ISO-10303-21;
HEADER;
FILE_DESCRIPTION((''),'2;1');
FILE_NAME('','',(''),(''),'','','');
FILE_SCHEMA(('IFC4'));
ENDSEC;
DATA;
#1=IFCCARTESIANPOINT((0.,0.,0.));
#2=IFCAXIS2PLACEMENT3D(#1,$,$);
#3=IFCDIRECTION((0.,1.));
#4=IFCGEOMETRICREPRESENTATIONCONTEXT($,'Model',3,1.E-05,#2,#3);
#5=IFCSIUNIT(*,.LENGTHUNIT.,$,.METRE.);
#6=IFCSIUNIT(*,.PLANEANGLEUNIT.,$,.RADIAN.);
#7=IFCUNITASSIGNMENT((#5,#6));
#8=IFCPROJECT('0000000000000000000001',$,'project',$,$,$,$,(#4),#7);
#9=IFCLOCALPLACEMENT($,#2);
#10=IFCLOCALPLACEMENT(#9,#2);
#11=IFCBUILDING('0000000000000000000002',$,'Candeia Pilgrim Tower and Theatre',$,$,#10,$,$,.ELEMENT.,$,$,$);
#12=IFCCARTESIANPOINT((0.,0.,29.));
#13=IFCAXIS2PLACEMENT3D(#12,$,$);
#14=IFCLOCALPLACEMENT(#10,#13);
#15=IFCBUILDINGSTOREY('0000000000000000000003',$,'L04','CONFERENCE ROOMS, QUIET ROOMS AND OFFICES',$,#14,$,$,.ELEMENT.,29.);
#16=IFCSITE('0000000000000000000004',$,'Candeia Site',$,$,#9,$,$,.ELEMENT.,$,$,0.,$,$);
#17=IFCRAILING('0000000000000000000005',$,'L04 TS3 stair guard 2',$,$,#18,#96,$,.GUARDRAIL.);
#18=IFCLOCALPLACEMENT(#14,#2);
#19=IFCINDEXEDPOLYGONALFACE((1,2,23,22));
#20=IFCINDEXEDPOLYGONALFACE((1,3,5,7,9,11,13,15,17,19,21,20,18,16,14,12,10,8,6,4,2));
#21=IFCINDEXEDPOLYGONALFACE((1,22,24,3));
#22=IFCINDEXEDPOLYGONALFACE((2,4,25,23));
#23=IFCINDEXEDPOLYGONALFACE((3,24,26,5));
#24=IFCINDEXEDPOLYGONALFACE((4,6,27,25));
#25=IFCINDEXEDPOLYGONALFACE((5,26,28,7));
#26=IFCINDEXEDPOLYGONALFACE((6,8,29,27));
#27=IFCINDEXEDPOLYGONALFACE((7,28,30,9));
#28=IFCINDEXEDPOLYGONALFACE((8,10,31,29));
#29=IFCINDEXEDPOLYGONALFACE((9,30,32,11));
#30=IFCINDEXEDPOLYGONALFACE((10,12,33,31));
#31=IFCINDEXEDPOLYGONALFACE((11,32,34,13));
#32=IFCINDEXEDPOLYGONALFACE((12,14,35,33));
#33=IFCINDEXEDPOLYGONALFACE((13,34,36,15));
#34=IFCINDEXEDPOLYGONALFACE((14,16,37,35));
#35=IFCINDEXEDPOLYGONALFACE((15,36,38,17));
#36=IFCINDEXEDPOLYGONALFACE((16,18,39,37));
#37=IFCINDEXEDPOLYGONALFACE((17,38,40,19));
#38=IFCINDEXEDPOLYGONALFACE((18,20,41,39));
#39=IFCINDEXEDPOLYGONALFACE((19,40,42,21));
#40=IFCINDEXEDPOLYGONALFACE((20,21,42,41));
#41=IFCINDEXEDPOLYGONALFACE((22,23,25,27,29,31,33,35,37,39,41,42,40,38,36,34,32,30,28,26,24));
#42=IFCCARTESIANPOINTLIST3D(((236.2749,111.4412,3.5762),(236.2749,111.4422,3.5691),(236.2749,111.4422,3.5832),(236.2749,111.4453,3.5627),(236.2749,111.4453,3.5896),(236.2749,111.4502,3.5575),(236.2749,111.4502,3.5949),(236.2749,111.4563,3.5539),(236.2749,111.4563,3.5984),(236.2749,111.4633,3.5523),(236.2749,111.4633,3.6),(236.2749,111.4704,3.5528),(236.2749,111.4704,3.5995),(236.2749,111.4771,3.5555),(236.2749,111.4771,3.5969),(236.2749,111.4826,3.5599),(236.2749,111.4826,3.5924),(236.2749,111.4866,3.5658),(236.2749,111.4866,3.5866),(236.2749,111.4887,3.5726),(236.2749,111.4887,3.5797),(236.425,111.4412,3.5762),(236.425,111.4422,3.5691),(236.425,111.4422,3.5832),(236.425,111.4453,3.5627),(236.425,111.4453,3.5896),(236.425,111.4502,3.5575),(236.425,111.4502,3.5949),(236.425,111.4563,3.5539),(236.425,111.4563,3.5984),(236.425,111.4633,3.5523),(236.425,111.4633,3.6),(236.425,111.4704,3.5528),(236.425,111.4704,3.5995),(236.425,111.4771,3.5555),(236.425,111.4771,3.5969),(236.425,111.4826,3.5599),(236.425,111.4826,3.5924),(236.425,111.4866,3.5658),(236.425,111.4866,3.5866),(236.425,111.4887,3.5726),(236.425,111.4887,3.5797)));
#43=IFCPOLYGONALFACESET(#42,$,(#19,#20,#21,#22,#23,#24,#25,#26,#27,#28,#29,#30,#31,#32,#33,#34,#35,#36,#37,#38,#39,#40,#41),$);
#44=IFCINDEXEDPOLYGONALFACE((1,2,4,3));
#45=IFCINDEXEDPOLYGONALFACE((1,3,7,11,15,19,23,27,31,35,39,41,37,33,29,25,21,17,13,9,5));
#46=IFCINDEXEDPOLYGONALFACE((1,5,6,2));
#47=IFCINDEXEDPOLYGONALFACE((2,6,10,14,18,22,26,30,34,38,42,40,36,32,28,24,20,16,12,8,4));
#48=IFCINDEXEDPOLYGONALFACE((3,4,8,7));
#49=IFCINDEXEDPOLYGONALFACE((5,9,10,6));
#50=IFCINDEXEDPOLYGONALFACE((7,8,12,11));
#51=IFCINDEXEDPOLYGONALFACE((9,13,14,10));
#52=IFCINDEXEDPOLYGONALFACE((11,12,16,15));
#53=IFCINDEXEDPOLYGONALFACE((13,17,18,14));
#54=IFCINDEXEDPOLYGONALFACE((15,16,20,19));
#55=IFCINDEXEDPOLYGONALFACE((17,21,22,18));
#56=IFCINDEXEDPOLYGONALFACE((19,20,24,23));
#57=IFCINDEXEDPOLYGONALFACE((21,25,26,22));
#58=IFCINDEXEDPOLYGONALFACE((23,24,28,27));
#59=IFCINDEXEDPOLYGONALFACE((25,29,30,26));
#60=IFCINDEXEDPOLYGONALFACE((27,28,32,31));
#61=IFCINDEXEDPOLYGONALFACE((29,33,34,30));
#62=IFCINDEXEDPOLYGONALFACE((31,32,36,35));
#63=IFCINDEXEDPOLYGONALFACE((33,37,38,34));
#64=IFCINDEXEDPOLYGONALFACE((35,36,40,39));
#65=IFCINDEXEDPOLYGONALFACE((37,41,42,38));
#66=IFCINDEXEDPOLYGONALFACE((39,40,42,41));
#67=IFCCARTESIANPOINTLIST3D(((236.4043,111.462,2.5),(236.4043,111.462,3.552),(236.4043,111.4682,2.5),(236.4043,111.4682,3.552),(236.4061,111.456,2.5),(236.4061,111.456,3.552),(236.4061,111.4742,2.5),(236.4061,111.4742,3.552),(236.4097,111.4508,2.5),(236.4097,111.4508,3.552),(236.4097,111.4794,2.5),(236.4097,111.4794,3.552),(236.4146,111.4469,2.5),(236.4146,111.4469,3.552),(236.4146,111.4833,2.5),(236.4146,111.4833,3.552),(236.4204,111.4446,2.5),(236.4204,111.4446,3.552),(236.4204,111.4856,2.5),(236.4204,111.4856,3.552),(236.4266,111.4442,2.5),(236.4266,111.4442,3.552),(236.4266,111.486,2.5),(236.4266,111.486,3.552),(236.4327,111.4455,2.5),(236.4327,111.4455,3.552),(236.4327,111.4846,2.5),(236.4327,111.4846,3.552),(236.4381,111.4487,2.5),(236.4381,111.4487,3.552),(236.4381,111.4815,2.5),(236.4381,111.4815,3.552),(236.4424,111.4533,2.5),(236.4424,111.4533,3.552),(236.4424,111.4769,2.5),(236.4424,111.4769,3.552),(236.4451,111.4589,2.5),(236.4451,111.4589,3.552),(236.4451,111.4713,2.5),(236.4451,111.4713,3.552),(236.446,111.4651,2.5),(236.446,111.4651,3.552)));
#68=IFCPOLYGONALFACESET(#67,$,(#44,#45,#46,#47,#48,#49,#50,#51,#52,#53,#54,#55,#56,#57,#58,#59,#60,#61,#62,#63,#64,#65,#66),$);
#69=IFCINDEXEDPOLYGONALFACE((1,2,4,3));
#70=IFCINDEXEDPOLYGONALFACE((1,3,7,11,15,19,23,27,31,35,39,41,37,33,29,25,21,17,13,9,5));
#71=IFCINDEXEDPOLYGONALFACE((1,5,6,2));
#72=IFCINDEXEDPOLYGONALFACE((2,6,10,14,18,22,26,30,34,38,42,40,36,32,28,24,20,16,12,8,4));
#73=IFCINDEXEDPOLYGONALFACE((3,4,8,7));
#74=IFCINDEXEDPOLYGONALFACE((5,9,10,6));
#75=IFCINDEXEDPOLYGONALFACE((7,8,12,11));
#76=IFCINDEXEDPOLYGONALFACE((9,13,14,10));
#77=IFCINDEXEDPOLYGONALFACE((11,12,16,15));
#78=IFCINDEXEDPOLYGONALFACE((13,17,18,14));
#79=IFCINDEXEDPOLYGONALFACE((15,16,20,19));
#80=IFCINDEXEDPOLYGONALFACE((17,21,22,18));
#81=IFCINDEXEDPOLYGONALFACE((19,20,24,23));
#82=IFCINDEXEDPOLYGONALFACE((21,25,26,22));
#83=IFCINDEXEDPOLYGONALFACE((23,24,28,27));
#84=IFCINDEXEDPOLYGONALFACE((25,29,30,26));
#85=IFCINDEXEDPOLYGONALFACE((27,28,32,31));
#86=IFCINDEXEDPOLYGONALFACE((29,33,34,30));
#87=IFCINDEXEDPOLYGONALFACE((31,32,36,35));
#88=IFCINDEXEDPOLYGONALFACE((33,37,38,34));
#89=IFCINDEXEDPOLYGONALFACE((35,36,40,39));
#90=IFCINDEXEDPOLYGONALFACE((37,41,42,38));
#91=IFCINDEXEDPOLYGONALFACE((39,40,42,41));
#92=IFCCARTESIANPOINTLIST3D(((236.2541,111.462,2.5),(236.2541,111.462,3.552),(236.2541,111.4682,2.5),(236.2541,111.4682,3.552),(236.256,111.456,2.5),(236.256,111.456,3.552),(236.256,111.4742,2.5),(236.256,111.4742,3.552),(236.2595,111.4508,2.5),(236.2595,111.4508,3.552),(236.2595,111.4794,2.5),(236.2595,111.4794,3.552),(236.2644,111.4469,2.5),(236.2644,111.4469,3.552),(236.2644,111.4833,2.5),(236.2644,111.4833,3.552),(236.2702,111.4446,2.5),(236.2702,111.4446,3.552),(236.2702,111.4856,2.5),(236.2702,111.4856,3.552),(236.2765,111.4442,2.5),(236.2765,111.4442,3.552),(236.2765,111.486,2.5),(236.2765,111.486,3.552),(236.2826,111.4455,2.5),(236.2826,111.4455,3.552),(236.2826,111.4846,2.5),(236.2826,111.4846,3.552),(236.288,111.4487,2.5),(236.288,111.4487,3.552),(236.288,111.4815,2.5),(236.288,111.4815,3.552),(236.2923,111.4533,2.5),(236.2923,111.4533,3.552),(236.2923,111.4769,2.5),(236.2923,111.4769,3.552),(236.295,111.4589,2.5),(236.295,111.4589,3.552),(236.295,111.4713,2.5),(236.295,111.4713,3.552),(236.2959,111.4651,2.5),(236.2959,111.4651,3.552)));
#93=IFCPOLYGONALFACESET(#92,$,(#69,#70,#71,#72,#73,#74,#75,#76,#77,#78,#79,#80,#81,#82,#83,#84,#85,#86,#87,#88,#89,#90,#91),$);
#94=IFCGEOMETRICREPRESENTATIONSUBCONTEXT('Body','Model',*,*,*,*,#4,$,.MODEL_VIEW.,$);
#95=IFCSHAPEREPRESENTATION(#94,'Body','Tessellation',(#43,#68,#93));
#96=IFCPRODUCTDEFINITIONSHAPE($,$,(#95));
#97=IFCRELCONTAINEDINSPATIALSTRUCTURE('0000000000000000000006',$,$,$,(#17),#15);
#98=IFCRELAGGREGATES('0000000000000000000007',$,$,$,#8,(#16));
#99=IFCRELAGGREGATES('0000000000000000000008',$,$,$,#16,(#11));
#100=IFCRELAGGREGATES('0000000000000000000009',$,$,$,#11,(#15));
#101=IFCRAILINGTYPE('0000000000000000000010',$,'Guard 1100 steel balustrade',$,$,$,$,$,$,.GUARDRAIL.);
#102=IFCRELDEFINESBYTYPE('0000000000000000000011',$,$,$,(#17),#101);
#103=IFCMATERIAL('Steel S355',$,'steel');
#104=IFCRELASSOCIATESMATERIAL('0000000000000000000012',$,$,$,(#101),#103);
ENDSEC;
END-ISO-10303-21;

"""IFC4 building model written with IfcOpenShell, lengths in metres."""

from ifc_helpers import new_model, si_unit, direction, frame, origin, origin_2d, place, context, subcontext, project, spatial, circle, extrude, material, type_object, element, save


model = new_model("IFC4")

# Units and contexts
model_context = context("Model", 3, precision=1e-05, world=origin(), true_north=direction((0.0, 1.0)))
body_context = subcontext(model_context, "Body", "Model", "MODEL_VIEW")
ifc_project = project(units=[si_unit("LENGTHUNIT", "METRE"), si_unit("PLANEANGLEUNIT", "RADIAN")], contexts=[model_context])

# Site, building, storey
site_placement = place(None, origin())
site = spatial("IfcSite", under=ifc_project, at=site_placement, Name="Candeia Site", CompositionType="ELEMENT", RefElevation=0.0)
building_placement = place(site_placement, origin())
building = spatial("IfcBuilding", under=site, at=building_placement, Name="Candeia Pilgrim Tower and Theatre", CompositionType="ELEMENT")
storey_placement = place(building_placement, frame((0.0, 0.0, 29.0)))
storey = spatial("IfcBuildingStorey", under=building, at=storey_placement, Name="L04", Description="CONFERENCE ROOMS, QUIET ROOMS AND OFFICES", CompositionType="ELEMENT", Elevation=29.0)

# Railing
ifc_material_1 = material(Name="Steel S355", Category="steel")
railing_type_1 = type_object("IfcRailingType", Name="Guard 1100 steel balustrade", PredefinedType="GUARDRAIL", material=ifc_material_1)
railing_1_placement = place(storey_placement, frame((236.425, 111.4651, 2.5)))
element("IfcRailing", 1, at=railing_1_placement, inside=storey, type_object=railing_type_1, Name="L04 TS3 stair guard 2", PredefinedType="GUARDRAIL", context=body_context, shape_type="SweptSolid", body=[
    extrude(circle(Radius=0.0239, at=origin_2d()), frame((0.0, 0.0, 1.0762), z_axis=(-1.0, 0.0, 0.0), x_axis=(0.0, -1.0, 0.0)), (0.0, 0.0, 1.0), 0.1501),
    extrude(circle(Radius=0.021, at=origin_2d()), origin(), (0.0, 0.0, 1.0), 1.052),
    extrude(circle(Radius=0.021, at=origin_2d()), frame((-0.1501, 0.0, 0.0)), (0.0, 0.0, 1.0), 1.052),
])

save(model, "model.ifc")
